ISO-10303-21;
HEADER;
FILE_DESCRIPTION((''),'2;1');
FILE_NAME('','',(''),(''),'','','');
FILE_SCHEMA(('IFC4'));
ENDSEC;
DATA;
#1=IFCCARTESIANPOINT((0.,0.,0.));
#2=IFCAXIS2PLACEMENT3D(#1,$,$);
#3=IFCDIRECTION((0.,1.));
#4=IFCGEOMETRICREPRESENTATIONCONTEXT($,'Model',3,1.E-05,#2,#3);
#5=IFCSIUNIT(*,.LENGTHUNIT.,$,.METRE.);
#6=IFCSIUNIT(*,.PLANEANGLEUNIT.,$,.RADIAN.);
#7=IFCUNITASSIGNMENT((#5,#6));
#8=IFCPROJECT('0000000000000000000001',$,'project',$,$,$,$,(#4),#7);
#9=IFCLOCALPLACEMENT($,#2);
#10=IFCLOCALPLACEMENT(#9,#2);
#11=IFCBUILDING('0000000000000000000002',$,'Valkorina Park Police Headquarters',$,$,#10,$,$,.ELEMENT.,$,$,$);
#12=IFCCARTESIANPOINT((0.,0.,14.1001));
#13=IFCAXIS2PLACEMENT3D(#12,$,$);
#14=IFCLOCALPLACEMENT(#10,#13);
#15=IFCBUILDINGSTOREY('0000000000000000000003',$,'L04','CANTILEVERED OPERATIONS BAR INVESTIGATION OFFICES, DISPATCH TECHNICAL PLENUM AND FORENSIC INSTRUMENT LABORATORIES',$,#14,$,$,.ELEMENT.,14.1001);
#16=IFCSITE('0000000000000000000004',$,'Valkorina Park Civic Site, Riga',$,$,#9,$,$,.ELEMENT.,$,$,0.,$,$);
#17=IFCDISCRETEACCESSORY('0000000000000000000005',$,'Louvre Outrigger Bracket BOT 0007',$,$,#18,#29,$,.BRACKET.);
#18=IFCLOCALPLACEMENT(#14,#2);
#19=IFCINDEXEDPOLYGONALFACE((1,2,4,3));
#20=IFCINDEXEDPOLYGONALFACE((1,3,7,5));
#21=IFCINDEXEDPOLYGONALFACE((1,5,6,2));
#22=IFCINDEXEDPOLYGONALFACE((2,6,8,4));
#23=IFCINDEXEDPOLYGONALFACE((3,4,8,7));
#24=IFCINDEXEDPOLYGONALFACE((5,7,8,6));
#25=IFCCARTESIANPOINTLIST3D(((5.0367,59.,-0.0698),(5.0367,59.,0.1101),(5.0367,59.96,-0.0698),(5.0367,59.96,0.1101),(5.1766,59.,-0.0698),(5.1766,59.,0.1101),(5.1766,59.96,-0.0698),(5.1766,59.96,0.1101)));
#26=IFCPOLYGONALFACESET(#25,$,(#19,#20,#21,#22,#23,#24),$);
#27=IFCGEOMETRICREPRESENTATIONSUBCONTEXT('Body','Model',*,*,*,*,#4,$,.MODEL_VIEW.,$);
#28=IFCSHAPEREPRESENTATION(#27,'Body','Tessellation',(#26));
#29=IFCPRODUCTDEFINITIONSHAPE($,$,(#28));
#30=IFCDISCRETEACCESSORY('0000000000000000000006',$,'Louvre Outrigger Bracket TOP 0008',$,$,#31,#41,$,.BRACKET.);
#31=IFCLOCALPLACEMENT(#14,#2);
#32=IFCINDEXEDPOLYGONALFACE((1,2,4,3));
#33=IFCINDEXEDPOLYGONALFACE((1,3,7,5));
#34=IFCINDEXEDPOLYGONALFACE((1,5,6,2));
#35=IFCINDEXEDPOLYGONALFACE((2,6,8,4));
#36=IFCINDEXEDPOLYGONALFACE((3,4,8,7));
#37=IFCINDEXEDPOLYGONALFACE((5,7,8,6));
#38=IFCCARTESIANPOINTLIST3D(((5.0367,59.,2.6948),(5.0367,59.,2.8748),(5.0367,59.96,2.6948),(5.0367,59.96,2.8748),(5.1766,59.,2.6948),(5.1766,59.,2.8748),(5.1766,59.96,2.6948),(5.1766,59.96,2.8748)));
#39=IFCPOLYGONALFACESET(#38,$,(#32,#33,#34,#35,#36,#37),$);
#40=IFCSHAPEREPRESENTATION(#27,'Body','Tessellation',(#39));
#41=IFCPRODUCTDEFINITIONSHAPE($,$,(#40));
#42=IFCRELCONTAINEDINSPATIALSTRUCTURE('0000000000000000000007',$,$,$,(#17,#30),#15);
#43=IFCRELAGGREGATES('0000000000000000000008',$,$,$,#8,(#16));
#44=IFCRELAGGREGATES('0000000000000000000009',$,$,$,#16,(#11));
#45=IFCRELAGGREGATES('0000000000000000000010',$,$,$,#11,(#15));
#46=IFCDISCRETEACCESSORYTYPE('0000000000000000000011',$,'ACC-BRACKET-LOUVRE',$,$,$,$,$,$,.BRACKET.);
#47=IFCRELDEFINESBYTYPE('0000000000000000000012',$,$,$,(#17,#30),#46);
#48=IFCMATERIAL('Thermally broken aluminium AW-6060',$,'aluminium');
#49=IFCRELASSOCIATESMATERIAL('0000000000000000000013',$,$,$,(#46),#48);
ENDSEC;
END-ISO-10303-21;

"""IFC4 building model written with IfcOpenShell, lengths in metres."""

from ifc_helpers import new_model, si_unit, direction, frame, origin, origin_2d, place, context, subcontext, project, spatial, rectangle, extrude, material, type_object, element, save


model = new_model("IFC4")

# Units and contexts
model_context = context("Model", 3, precision=1e-05, world=origin(), true_north=direction((0.0, 1.0)))
body_context = subcontext(model_context, "Body", "Model", "MODEL_VIEW")
ifc_project = project(units=[si_unit("LENGTHUNIT", "METRE"), si_unit("PLANEANGLEUNIT", "RADIAN")], contexts=[model_context])

# Site, building, storey
site_placement = place(None, origin())
site = spatial("IfcSite", under=ifc_project, at=site_placement, Name="Valkorina Park Civic Site, Riga", CompositionType="ELEMENT", RefElevation=0.0)
building_placement = place(site_placement, origin())
building = spatial("IfcBuilding", under=site, at=building_placement, Name="Valkorina Park Police Headquarters", CompositionType="ELEMENT")
storey_placement = place(building_placement, frame((0.0, 0.0, 14.1001)))
storey = spatial("IfcBuildingStorey", under=building, at=storey_placement, Name="L04", Description="CANTILEVERED OPERATIONS BAR INVESTIGATION OFFICES, DISPATCH TECHNICAL PLENUM AND FORENSIC INSTRUMENT LABORATORIES", CompositionType="ELEMENT", Elevation=14.1001)

# Shared definitions
ifc_material_1 = material(Name="Thermally broken aluminium AW-6060", Category="aluminium")

# Discrete accessories
discrete_accessory_type = type_object("IfcDiscreteAccessoryType", Name="ACC-BRACKET-LOUVRE", PredefinedType="BRACKET", material=ifc_material_1)
for number, where, z_axis, x_axis, name in (
    (1, (5.1067, 59.48, -0.0698), (0.0, 0.0, 1.0), (0.0, 1.0, 0.0), "Louvre Outrigger Bracket BOT 0007"),
    (2, (5.1067, 59.48, 2.6948), (0.0, 0.0, 1.0), (0.0, 1.0, 0.0), "Louvre Outrigger Bracket TOP 0008"),
):
    element("IfcDiscreteAccessory", number, at=place(storey_placement, frame(where, z_axis=z_axis, x_axis=x_axis)), inside=storey, type_object=discrete_accessory_type, Name=name, PredefinedType="BRACKET", context=body_context, shape_type="SweptSolid", body=[
        extrude(rectangle(XDim=0.96, YDim=0.1399, at=origin_2d()), origin(), (0.0, 0.0, 1.0), 0.1799),
    ])

save(model, "model.ifc")
